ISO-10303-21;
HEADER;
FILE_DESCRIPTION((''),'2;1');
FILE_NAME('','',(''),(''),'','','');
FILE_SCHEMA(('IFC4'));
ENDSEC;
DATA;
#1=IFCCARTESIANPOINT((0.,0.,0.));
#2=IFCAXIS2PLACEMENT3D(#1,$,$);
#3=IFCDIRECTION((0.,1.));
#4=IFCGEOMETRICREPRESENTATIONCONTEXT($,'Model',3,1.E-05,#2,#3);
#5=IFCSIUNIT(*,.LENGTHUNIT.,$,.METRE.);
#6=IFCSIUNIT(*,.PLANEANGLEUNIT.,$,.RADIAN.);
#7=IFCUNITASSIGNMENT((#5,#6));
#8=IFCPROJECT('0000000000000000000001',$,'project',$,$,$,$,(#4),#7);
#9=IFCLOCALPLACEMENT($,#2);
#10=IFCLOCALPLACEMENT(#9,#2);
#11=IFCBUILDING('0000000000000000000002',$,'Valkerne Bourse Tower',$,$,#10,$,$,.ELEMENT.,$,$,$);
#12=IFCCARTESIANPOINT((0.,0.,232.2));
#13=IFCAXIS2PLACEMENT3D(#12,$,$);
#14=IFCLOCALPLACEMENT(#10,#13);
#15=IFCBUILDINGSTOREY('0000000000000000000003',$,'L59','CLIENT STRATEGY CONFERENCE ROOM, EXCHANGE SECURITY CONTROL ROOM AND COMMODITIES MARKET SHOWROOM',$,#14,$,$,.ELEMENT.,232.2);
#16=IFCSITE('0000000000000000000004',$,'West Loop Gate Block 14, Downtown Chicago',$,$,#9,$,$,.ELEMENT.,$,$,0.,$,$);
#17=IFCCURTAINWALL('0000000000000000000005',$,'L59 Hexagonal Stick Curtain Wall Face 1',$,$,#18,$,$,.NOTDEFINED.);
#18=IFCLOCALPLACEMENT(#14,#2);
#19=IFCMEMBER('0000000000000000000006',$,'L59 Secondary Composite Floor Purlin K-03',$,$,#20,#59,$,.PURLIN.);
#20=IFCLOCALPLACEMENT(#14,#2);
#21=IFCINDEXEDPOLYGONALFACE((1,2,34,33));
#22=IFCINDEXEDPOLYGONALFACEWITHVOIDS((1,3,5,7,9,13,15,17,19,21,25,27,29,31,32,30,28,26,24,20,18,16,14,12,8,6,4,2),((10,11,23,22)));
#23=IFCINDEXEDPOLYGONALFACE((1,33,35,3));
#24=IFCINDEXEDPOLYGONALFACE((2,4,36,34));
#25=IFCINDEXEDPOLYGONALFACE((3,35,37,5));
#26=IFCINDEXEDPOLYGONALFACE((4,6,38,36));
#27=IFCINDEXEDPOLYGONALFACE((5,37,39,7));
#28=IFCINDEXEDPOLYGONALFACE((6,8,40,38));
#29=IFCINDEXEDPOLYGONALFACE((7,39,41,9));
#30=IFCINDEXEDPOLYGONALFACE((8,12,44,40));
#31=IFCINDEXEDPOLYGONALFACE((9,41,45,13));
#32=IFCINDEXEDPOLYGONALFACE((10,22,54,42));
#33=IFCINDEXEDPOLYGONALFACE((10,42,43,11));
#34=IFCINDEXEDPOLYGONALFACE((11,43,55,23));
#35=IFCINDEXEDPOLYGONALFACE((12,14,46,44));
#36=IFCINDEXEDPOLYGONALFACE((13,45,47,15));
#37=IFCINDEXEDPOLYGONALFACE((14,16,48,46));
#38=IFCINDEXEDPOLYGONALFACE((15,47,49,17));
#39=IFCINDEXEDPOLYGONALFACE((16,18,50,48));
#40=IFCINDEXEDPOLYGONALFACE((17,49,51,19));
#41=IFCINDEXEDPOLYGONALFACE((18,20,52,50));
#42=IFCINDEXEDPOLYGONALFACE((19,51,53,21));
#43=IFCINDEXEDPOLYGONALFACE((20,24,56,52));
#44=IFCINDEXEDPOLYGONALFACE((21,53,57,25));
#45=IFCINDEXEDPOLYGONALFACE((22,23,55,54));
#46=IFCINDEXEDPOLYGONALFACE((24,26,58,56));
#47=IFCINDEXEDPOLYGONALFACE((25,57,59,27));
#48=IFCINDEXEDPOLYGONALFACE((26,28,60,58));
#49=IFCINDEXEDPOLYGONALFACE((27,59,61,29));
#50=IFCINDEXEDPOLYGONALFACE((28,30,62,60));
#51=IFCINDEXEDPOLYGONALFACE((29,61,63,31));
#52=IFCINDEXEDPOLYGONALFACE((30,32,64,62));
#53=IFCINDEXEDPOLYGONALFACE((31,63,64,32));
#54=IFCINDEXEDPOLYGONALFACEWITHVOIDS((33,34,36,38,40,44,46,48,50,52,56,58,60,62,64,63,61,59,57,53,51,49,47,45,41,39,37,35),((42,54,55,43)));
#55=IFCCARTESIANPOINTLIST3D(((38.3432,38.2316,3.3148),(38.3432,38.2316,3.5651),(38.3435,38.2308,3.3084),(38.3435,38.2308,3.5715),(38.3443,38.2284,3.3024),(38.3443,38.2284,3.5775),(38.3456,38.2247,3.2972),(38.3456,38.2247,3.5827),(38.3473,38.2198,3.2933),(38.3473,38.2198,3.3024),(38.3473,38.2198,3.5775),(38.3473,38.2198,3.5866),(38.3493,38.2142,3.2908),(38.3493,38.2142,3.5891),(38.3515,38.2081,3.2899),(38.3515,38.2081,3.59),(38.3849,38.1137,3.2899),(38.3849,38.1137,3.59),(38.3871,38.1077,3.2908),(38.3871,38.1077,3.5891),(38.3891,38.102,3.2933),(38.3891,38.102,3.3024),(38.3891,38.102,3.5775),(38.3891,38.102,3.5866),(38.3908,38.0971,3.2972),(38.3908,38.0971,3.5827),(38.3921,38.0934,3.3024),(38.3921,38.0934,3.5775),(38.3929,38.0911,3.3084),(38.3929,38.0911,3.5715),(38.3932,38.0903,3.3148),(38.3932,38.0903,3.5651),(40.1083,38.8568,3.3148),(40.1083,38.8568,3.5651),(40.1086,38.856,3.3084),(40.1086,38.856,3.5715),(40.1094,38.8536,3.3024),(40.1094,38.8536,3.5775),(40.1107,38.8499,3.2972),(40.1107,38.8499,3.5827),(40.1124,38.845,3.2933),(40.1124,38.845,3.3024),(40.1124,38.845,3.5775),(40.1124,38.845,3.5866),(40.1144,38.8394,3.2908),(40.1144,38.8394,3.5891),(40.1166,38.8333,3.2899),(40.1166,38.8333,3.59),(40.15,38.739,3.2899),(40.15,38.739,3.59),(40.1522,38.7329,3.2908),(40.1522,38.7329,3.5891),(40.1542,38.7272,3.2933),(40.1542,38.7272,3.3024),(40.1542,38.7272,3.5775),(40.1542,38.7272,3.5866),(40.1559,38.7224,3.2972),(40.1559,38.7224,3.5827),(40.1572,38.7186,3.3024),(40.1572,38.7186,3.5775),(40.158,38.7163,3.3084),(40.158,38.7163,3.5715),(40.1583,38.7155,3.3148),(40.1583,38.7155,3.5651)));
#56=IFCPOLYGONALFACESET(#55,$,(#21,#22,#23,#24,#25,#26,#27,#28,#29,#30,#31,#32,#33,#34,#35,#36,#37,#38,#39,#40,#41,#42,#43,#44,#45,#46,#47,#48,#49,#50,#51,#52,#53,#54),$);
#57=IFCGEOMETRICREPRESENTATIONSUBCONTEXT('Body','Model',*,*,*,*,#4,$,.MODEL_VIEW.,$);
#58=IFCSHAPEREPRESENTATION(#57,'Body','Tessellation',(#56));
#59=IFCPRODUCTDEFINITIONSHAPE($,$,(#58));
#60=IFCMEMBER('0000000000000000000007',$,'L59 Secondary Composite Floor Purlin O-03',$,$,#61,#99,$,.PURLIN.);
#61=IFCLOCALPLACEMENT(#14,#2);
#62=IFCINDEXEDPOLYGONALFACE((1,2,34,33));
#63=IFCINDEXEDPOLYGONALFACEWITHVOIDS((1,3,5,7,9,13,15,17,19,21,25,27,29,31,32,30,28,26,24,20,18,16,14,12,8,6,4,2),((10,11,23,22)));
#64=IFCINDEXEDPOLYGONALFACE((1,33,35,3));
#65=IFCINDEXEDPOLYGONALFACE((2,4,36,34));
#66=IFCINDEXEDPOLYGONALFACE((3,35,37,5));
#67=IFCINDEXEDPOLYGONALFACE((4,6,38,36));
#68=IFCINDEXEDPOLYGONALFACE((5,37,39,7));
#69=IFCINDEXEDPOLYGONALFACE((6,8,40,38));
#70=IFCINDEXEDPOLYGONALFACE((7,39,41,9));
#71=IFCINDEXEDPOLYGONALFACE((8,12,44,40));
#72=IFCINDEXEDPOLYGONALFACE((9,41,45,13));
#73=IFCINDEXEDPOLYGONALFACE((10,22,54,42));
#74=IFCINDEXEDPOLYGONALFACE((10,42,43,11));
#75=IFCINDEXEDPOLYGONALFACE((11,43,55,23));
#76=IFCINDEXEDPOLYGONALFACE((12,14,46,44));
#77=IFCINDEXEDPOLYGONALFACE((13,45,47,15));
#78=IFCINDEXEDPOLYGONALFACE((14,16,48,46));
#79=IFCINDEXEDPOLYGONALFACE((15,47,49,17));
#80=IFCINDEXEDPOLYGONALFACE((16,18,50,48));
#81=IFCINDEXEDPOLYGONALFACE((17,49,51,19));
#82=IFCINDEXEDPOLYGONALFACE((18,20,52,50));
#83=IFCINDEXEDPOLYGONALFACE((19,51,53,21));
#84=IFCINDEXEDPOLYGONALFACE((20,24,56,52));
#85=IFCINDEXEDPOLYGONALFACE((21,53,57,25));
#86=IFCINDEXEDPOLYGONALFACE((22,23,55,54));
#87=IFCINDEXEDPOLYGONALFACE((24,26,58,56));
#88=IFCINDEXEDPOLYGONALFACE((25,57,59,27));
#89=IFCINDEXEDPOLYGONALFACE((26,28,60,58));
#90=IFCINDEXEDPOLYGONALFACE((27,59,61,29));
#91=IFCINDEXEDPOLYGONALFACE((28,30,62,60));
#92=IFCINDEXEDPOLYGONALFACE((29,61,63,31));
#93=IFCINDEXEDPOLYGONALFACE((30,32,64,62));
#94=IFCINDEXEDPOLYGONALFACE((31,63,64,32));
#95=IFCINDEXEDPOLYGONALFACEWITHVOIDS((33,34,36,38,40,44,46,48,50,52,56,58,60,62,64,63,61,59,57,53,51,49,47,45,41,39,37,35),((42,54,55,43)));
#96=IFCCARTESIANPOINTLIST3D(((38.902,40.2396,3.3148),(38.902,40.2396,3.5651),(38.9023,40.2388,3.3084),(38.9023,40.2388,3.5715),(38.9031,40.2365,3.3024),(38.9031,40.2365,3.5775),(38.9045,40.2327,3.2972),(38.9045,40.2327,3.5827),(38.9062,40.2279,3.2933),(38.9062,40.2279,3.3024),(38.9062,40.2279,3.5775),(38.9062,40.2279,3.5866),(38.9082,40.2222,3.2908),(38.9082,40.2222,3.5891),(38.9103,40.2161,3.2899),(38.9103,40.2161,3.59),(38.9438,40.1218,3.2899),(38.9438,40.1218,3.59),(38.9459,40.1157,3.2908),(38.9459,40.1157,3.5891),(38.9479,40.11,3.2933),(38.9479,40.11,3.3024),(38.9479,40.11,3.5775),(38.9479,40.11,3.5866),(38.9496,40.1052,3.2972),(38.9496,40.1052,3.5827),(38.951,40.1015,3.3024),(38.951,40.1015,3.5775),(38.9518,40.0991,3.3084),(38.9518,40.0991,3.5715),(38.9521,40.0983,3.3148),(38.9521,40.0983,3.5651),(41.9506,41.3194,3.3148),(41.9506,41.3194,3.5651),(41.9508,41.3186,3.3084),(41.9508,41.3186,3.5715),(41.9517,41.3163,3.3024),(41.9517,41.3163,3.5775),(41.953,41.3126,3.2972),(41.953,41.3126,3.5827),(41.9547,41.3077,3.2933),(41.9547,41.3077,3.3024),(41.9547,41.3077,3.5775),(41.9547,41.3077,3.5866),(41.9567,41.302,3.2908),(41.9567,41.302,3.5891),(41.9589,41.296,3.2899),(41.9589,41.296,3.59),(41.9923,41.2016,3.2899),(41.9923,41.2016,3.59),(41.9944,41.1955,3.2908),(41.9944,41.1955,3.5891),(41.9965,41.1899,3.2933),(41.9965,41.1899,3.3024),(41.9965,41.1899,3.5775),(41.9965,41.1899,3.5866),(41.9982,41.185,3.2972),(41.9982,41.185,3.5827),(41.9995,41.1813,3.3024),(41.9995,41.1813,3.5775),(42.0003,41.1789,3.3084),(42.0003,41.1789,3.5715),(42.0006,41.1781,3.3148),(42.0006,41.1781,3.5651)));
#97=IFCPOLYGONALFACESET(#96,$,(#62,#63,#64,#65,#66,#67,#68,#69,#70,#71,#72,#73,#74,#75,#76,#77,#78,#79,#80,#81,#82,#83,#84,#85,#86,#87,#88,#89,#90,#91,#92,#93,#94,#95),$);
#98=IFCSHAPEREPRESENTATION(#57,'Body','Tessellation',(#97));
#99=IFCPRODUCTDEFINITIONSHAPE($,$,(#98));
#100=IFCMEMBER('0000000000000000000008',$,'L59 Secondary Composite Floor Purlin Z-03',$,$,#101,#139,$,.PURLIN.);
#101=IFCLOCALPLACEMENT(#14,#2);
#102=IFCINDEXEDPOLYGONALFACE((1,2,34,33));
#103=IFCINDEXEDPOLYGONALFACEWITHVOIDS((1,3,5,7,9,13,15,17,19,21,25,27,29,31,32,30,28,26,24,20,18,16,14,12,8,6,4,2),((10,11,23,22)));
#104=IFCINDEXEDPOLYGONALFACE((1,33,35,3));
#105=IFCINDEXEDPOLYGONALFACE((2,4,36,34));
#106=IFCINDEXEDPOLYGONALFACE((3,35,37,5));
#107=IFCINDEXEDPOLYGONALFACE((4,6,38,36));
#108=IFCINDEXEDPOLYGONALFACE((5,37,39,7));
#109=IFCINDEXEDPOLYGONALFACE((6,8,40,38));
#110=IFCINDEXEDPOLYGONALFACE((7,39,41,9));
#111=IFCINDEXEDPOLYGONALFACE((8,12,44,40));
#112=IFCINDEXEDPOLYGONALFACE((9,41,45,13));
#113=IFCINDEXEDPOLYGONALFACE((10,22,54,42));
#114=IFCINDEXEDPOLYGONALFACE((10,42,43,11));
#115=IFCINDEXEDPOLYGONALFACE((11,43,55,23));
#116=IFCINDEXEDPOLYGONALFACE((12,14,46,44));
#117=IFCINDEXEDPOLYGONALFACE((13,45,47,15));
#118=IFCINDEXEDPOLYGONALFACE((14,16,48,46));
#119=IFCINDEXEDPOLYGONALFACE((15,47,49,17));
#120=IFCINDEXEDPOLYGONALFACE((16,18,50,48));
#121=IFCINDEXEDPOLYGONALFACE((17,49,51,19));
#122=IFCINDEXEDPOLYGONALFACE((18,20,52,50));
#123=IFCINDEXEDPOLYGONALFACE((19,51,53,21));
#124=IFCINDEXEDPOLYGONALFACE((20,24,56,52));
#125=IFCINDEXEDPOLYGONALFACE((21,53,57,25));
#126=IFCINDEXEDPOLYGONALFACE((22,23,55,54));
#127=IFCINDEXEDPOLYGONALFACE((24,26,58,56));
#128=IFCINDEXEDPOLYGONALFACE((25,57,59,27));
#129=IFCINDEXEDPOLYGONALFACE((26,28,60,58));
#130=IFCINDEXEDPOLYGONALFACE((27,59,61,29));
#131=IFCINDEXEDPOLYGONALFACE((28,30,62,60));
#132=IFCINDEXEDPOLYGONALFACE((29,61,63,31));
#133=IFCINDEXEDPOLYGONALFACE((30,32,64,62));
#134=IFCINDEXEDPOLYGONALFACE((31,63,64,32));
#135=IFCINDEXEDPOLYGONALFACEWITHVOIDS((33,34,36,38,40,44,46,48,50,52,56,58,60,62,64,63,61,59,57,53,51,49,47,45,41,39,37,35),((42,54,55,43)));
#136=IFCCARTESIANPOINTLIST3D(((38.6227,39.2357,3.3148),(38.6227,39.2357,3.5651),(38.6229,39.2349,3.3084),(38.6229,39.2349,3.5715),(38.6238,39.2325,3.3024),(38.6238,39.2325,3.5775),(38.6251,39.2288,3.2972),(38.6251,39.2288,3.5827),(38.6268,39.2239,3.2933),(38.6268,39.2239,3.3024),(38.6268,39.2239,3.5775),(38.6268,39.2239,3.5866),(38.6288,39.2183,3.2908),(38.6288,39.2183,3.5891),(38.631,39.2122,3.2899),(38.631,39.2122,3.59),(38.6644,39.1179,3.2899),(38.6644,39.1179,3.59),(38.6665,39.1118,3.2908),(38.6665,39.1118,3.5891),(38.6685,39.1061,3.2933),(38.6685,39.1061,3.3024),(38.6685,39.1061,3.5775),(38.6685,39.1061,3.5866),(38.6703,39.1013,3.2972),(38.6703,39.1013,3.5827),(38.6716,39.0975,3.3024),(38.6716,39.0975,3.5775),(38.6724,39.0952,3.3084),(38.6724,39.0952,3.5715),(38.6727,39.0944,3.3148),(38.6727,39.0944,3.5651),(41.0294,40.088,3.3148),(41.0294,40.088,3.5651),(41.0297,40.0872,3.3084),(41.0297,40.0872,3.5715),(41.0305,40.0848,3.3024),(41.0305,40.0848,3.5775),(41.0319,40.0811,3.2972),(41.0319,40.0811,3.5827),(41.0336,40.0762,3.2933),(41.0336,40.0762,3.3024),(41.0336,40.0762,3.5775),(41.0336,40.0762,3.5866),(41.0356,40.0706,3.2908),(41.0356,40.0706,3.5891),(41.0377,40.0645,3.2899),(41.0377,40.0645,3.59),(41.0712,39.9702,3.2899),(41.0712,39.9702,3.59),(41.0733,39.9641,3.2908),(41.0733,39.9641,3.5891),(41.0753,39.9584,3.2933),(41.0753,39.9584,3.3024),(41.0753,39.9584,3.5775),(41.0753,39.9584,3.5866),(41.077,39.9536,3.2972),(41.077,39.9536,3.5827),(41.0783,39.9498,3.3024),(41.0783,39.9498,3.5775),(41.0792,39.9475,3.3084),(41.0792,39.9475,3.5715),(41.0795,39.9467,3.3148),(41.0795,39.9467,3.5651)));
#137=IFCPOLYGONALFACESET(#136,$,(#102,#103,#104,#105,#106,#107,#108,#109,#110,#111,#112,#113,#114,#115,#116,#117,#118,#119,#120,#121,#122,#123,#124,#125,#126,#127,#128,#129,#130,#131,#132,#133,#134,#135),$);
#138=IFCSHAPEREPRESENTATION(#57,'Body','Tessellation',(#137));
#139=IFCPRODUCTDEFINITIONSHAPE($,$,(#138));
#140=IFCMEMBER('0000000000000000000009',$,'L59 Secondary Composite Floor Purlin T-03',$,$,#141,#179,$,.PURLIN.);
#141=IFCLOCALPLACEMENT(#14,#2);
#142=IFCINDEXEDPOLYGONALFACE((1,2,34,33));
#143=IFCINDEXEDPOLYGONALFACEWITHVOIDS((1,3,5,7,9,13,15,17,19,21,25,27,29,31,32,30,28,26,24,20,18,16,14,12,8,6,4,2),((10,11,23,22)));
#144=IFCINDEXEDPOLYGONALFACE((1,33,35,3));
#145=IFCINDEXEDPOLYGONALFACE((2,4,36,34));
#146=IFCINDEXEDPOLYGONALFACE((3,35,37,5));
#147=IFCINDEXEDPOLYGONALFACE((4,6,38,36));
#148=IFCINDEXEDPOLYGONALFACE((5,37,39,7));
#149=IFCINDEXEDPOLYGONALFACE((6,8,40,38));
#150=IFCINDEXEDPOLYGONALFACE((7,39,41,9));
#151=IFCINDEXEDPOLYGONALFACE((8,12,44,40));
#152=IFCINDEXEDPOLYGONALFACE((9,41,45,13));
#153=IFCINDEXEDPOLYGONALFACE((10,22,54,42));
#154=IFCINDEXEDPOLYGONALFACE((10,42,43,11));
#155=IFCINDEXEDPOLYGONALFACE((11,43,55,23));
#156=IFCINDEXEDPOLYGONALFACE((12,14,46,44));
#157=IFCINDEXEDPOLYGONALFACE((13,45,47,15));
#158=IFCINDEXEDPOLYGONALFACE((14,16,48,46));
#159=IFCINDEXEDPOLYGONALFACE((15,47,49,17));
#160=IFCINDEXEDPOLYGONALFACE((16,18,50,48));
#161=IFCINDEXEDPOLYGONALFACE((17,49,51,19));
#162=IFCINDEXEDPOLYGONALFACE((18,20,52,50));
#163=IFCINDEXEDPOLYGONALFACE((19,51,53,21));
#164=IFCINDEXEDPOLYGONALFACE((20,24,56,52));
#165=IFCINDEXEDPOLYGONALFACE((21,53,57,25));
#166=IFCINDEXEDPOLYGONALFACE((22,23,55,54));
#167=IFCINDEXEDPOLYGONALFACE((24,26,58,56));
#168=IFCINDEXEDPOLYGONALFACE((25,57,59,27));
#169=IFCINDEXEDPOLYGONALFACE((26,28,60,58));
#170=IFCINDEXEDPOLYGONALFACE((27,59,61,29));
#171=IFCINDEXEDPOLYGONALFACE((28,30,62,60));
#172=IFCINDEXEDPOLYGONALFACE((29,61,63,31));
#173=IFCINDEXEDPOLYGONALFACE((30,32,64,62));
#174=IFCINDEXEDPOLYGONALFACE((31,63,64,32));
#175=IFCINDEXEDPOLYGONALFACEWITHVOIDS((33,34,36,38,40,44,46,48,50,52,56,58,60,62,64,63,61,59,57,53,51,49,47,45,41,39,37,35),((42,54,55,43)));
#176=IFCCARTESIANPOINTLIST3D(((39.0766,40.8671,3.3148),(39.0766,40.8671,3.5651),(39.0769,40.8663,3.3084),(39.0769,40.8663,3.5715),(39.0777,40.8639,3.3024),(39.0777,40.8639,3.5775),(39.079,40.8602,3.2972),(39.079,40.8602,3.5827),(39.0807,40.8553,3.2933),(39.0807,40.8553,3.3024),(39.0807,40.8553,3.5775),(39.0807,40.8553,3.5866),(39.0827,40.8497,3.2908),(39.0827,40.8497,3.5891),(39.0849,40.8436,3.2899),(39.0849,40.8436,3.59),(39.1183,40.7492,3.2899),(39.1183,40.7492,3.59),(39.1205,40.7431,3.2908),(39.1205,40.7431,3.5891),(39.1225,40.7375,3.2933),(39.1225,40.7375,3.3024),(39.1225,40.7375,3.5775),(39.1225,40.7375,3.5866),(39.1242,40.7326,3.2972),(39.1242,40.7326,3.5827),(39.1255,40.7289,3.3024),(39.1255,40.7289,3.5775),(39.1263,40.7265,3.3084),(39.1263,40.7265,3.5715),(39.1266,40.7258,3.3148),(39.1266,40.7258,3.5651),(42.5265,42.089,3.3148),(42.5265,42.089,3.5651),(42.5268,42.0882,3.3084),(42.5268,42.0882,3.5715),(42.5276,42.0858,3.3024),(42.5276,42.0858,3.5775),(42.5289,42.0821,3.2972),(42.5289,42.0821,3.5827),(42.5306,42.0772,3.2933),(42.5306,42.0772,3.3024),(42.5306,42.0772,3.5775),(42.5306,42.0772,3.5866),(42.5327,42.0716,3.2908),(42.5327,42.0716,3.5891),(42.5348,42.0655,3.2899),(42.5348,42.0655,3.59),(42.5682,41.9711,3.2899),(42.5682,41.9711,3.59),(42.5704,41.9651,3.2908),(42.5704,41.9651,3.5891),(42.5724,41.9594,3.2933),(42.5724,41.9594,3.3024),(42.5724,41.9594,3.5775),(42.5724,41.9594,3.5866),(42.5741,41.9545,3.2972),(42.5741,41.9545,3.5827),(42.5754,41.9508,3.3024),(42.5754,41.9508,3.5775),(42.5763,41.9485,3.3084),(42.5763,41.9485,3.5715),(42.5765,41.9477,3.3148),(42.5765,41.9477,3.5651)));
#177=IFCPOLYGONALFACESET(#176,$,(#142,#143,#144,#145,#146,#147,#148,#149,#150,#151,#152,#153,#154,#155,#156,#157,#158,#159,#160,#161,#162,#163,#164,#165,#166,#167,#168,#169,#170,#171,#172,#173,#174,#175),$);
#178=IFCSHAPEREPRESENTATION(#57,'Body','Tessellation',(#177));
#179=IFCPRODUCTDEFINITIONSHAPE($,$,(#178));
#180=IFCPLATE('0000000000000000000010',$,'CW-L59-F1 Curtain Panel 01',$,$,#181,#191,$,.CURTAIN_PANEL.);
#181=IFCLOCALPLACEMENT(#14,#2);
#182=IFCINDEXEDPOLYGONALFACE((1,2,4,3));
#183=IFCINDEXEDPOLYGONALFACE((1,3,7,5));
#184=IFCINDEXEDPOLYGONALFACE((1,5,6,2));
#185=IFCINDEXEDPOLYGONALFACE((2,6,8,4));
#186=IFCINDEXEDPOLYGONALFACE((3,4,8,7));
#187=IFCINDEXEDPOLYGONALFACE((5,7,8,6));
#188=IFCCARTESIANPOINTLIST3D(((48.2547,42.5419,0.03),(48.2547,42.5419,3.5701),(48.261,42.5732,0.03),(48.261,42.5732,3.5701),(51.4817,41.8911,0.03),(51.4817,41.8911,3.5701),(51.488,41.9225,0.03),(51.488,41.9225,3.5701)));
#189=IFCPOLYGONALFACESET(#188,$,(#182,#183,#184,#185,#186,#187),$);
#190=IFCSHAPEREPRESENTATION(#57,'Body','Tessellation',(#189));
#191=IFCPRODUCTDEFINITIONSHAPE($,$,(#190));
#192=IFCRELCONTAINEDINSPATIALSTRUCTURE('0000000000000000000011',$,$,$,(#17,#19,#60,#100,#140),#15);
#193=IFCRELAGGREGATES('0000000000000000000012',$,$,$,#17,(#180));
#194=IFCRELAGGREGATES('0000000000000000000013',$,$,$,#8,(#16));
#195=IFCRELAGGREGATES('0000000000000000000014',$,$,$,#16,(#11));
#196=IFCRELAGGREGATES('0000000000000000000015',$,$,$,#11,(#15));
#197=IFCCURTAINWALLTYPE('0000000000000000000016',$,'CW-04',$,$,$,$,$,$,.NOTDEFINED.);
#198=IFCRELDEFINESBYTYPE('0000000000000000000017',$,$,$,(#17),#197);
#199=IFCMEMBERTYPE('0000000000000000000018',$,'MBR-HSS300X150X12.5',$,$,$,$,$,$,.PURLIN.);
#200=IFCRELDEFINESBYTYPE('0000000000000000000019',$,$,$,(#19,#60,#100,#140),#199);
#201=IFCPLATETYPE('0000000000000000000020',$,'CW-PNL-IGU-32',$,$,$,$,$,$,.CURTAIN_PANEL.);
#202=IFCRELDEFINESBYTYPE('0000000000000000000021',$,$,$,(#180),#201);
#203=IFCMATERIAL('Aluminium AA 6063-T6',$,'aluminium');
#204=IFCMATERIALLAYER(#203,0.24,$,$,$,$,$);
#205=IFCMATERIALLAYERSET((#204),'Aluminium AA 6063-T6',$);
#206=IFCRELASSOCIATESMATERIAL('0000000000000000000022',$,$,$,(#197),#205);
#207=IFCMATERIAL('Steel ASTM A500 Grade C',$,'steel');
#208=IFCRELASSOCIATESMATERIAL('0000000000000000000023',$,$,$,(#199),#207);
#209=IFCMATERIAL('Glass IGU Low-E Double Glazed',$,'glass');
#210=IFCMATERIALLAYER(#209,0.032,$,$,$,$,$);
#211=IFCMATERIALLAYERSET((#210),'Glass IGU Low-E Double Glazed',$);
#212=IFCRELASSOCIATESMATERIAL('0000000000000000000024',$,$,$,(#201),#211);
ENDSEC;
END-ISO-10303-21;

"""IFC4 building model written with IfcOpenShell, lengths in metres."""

from ifc_helpers import new_model, si_unit, direction, frame, origin, origin_2d, place, context, subcontext, project, spatial, rectangle, hollow_rectangle, extrude, material, layer, layer_set, material_profile, profile_set, type_object, element, aggregate, save


model = new_model("IFC4")

# Units and contexts
model_context = context("Model", 3, precision=1e-05, world=origin(), true_north=direction((0.0, 1.0)))
body_context = subcontext(model_context, "Body", "Model", "MODEL_VIEW")
ifc_project = project(units=[si_unit("LENGTHUNIT", "METRE"), si_unit("PLANEANGLEUNIT", "RADIAN")], contexts=[model_context])

# Site, building, storey
site_placement = place(None, origin())
site = spatial("IfcSite", under=ifc_project, at=site_placement, Name="West Loop Gate Block 14, Downtown Chicago", CompositionType="ELEMENT", RefElevation=0.0)
building_placement = place(site_placement, origin())
building = spatial("IfcBuilding", under=site, at=building_placement, Name="Valkerne Bourse Tower", CompositionType="ELEMENT")
storey_placement = place(building_placement, frame((0.0, 0.0, 232.2)))
storey = spatial("IfcBuildingStorey", under=building, at=storey_placement, Name="L59", Description="CLIENT STRATEGY CONFERENCE ROOM, EXCHANGE SECURITY CONTROL ROOM AND COMMODITIES MARKET SHOWROOM", CompositionType="ELEMENT", Elevation=232.2)

# Curtain wall
ifc_material_1 = material(Name="Aluminium AA 6063-T6", Category="aluminium")
ifc_layer_1 = layer(ifc_material_1, 0.24)
ifc_layer_set_1 = layer_set([ifc_layer_1], Name="Aluminium AA 6063-T6")
curtain_wall_type = type_object("IfcCurtainWallType", Name="CW-04", PredefinedType="NOTDEFINED", material=ifc_layer_set_1)
curtain_wall_1_placement = place(storey_placement, origin())
curtain_wall_1 = element("IfcCurtainWall", 1, at=curtain_wall_1_placement, inside=storey, type_object=curtain_wall_type, Name="L59 Hexagonal Stick Curtain Wall Face 1", PredefinedType="NOTDEFINED")

# Members
ifc_material_2 = material(Name="Steel ASTM A500 Grade C", Category="steel")
ifc_material_profile_1 = material_profile(ifc_material_2, hollow_rectangle(XDim=0.1499, YDim=0.3, WallThickness=0.0125, OuterFilletRadius=0.0249, at=origin_2d()), Name="HSS300X150X12.5")
ifc_profile_set_1 = profile_set([ifc_material_profile_1], Name="Steel ASTM A500 Grade C")
member_type_1 = type_object("IfcMemberType", Name="MBR-HSS300X150X12.5", PredefinedType="PURLIN", material=ifc_profile_set_1)
member_1_placement = place(storey_placement, frame((40.1333, 38.7861, 3.4399), z_axis=(-0.942612, -0.333891, 0.0), x_axis=(0.333891, -0.942612, 0.0)))
element("IfcMember", 2, at=member_1_placement, inside=storey, type_object=member_type_1, Name="L59 Secondary Composite Floor Purlin K-03", PredefinedType="PURLIN", context=body_context, shape_type="SweptSolid", body=[
    extrude(hollow_rectangle(XDim=0.1499, YDim=0.3, WallThickness=0.0125, OuterFilletRadius=0.0249, at=origin_2d()), origin(), (0.0, 0.0, 1.0), 1.8726),
])
member_2_placement = place(storey_placement, frame((41.9756, 41.2488, 3.4399), z_axis=(-0.942615, -0.333882, 0.0), x_axis=(0.333882, -0.942615, 0.0)))
element("IfcMember", 3, at=member_2_placement, inside=storey, type_object=member_type_1, Name="L59 Secondary Composite Floor Purlin O-03", PredefinedType="PURLIN", context=body_context, shape_type="SweptSolid", body=[
    extrude(hollow_rectangle(XDim=0.1499, YDim=0.3, WallThickness=0.0125, OuterFilletRadius=0.0249, at=origin_2d()), origin(), (0.0, 0.0, 1.0), 3.2341),
])
member_3_placement = place(storey_placement, frame((41.0544, 40.0173, 3.4399), z_axis=(-0.942639, -0.333815, 0.0), x_axis=(0.333815, -0.942639, 0.0)))
element("IfcMember", 4, at=member_3_placement, inside=storey, type_object=member_type_1, Name="L59 Secondary Composite Floor Purlin Z-03", PredefinedType="PURLIN", context=body_context, shape_type="SweptSolid", body=[
    extrude(hollow_rectangle(XDim=0.1499, YDim=0.3, WallThickness=0.0125, OuterFilletRadius=0.0249, at=origin_2d()), origin(), (0.0, 0.0, 1.0), 2.5532),
])
member_4_placement = place(storey_placement, frame((42.5515, 42.0183, 3.4399), z_axis=(-0.942622, -0.333863, 0.0), x_axis=(0.333863, -0.942622, 0.0)))
element("IfcMember", 5, at=member_4_placement, inside=storey, type_object=member_type_1, Name="L59 Secondary Composite Floor Purlin T-03", PredefinedType="PURLIN", context=body_context, shape_type="SweptSolid", body=[
    extrude(hollow_rectangle(XDim=0.1499, YDim=0.3, WallThickness=0.0125, OuterFilletRadius=0.0249, at=origin_2d()), origin(), (0.0, 0.0, 1.0), 3.6599),
])

# Plate
ifc_material_3 = material(Name="Glass IGU Low-E Double Glazed", Category="glass")
ifc_layer_2 = layer(ifc_material_3, 0.032)
ifc_layer_set_2 = layer_set([ifc_layer_2], Name="Glass IGU Low-E Double Glazed")
plate_type = type_object("IfcPlateType", Name="CW-PNL-IGU-32", PredefinedType="CURTAIN_PANEL", material=ifc_layer_set_2)
plate_1_placement = place(storey_placement, frame((49.8713, 42.2322, 0.03), z_axis=(0.0, 0.0, 1.0), x_axis=(-0.980268, 0.197673, 0.0)))
plate_1 = element("IfcPlate", 6, at=plate_1_placement, type_object=plate_type, Name="CW-L59-F1 Curtain Panel 01", PredefinedType="CURTAIN_PANEL", context=body_context, shape_type="SweptSolid", body=[
    extrude(rectangle(XDim=3.292, YDim=0.032, at=origin_2d()), origin(), (0.0, 0.0, 1.0), 3.54),
])
aggregate(curtain_wall_1, [plate_1])

save(model, "model.ifc")
